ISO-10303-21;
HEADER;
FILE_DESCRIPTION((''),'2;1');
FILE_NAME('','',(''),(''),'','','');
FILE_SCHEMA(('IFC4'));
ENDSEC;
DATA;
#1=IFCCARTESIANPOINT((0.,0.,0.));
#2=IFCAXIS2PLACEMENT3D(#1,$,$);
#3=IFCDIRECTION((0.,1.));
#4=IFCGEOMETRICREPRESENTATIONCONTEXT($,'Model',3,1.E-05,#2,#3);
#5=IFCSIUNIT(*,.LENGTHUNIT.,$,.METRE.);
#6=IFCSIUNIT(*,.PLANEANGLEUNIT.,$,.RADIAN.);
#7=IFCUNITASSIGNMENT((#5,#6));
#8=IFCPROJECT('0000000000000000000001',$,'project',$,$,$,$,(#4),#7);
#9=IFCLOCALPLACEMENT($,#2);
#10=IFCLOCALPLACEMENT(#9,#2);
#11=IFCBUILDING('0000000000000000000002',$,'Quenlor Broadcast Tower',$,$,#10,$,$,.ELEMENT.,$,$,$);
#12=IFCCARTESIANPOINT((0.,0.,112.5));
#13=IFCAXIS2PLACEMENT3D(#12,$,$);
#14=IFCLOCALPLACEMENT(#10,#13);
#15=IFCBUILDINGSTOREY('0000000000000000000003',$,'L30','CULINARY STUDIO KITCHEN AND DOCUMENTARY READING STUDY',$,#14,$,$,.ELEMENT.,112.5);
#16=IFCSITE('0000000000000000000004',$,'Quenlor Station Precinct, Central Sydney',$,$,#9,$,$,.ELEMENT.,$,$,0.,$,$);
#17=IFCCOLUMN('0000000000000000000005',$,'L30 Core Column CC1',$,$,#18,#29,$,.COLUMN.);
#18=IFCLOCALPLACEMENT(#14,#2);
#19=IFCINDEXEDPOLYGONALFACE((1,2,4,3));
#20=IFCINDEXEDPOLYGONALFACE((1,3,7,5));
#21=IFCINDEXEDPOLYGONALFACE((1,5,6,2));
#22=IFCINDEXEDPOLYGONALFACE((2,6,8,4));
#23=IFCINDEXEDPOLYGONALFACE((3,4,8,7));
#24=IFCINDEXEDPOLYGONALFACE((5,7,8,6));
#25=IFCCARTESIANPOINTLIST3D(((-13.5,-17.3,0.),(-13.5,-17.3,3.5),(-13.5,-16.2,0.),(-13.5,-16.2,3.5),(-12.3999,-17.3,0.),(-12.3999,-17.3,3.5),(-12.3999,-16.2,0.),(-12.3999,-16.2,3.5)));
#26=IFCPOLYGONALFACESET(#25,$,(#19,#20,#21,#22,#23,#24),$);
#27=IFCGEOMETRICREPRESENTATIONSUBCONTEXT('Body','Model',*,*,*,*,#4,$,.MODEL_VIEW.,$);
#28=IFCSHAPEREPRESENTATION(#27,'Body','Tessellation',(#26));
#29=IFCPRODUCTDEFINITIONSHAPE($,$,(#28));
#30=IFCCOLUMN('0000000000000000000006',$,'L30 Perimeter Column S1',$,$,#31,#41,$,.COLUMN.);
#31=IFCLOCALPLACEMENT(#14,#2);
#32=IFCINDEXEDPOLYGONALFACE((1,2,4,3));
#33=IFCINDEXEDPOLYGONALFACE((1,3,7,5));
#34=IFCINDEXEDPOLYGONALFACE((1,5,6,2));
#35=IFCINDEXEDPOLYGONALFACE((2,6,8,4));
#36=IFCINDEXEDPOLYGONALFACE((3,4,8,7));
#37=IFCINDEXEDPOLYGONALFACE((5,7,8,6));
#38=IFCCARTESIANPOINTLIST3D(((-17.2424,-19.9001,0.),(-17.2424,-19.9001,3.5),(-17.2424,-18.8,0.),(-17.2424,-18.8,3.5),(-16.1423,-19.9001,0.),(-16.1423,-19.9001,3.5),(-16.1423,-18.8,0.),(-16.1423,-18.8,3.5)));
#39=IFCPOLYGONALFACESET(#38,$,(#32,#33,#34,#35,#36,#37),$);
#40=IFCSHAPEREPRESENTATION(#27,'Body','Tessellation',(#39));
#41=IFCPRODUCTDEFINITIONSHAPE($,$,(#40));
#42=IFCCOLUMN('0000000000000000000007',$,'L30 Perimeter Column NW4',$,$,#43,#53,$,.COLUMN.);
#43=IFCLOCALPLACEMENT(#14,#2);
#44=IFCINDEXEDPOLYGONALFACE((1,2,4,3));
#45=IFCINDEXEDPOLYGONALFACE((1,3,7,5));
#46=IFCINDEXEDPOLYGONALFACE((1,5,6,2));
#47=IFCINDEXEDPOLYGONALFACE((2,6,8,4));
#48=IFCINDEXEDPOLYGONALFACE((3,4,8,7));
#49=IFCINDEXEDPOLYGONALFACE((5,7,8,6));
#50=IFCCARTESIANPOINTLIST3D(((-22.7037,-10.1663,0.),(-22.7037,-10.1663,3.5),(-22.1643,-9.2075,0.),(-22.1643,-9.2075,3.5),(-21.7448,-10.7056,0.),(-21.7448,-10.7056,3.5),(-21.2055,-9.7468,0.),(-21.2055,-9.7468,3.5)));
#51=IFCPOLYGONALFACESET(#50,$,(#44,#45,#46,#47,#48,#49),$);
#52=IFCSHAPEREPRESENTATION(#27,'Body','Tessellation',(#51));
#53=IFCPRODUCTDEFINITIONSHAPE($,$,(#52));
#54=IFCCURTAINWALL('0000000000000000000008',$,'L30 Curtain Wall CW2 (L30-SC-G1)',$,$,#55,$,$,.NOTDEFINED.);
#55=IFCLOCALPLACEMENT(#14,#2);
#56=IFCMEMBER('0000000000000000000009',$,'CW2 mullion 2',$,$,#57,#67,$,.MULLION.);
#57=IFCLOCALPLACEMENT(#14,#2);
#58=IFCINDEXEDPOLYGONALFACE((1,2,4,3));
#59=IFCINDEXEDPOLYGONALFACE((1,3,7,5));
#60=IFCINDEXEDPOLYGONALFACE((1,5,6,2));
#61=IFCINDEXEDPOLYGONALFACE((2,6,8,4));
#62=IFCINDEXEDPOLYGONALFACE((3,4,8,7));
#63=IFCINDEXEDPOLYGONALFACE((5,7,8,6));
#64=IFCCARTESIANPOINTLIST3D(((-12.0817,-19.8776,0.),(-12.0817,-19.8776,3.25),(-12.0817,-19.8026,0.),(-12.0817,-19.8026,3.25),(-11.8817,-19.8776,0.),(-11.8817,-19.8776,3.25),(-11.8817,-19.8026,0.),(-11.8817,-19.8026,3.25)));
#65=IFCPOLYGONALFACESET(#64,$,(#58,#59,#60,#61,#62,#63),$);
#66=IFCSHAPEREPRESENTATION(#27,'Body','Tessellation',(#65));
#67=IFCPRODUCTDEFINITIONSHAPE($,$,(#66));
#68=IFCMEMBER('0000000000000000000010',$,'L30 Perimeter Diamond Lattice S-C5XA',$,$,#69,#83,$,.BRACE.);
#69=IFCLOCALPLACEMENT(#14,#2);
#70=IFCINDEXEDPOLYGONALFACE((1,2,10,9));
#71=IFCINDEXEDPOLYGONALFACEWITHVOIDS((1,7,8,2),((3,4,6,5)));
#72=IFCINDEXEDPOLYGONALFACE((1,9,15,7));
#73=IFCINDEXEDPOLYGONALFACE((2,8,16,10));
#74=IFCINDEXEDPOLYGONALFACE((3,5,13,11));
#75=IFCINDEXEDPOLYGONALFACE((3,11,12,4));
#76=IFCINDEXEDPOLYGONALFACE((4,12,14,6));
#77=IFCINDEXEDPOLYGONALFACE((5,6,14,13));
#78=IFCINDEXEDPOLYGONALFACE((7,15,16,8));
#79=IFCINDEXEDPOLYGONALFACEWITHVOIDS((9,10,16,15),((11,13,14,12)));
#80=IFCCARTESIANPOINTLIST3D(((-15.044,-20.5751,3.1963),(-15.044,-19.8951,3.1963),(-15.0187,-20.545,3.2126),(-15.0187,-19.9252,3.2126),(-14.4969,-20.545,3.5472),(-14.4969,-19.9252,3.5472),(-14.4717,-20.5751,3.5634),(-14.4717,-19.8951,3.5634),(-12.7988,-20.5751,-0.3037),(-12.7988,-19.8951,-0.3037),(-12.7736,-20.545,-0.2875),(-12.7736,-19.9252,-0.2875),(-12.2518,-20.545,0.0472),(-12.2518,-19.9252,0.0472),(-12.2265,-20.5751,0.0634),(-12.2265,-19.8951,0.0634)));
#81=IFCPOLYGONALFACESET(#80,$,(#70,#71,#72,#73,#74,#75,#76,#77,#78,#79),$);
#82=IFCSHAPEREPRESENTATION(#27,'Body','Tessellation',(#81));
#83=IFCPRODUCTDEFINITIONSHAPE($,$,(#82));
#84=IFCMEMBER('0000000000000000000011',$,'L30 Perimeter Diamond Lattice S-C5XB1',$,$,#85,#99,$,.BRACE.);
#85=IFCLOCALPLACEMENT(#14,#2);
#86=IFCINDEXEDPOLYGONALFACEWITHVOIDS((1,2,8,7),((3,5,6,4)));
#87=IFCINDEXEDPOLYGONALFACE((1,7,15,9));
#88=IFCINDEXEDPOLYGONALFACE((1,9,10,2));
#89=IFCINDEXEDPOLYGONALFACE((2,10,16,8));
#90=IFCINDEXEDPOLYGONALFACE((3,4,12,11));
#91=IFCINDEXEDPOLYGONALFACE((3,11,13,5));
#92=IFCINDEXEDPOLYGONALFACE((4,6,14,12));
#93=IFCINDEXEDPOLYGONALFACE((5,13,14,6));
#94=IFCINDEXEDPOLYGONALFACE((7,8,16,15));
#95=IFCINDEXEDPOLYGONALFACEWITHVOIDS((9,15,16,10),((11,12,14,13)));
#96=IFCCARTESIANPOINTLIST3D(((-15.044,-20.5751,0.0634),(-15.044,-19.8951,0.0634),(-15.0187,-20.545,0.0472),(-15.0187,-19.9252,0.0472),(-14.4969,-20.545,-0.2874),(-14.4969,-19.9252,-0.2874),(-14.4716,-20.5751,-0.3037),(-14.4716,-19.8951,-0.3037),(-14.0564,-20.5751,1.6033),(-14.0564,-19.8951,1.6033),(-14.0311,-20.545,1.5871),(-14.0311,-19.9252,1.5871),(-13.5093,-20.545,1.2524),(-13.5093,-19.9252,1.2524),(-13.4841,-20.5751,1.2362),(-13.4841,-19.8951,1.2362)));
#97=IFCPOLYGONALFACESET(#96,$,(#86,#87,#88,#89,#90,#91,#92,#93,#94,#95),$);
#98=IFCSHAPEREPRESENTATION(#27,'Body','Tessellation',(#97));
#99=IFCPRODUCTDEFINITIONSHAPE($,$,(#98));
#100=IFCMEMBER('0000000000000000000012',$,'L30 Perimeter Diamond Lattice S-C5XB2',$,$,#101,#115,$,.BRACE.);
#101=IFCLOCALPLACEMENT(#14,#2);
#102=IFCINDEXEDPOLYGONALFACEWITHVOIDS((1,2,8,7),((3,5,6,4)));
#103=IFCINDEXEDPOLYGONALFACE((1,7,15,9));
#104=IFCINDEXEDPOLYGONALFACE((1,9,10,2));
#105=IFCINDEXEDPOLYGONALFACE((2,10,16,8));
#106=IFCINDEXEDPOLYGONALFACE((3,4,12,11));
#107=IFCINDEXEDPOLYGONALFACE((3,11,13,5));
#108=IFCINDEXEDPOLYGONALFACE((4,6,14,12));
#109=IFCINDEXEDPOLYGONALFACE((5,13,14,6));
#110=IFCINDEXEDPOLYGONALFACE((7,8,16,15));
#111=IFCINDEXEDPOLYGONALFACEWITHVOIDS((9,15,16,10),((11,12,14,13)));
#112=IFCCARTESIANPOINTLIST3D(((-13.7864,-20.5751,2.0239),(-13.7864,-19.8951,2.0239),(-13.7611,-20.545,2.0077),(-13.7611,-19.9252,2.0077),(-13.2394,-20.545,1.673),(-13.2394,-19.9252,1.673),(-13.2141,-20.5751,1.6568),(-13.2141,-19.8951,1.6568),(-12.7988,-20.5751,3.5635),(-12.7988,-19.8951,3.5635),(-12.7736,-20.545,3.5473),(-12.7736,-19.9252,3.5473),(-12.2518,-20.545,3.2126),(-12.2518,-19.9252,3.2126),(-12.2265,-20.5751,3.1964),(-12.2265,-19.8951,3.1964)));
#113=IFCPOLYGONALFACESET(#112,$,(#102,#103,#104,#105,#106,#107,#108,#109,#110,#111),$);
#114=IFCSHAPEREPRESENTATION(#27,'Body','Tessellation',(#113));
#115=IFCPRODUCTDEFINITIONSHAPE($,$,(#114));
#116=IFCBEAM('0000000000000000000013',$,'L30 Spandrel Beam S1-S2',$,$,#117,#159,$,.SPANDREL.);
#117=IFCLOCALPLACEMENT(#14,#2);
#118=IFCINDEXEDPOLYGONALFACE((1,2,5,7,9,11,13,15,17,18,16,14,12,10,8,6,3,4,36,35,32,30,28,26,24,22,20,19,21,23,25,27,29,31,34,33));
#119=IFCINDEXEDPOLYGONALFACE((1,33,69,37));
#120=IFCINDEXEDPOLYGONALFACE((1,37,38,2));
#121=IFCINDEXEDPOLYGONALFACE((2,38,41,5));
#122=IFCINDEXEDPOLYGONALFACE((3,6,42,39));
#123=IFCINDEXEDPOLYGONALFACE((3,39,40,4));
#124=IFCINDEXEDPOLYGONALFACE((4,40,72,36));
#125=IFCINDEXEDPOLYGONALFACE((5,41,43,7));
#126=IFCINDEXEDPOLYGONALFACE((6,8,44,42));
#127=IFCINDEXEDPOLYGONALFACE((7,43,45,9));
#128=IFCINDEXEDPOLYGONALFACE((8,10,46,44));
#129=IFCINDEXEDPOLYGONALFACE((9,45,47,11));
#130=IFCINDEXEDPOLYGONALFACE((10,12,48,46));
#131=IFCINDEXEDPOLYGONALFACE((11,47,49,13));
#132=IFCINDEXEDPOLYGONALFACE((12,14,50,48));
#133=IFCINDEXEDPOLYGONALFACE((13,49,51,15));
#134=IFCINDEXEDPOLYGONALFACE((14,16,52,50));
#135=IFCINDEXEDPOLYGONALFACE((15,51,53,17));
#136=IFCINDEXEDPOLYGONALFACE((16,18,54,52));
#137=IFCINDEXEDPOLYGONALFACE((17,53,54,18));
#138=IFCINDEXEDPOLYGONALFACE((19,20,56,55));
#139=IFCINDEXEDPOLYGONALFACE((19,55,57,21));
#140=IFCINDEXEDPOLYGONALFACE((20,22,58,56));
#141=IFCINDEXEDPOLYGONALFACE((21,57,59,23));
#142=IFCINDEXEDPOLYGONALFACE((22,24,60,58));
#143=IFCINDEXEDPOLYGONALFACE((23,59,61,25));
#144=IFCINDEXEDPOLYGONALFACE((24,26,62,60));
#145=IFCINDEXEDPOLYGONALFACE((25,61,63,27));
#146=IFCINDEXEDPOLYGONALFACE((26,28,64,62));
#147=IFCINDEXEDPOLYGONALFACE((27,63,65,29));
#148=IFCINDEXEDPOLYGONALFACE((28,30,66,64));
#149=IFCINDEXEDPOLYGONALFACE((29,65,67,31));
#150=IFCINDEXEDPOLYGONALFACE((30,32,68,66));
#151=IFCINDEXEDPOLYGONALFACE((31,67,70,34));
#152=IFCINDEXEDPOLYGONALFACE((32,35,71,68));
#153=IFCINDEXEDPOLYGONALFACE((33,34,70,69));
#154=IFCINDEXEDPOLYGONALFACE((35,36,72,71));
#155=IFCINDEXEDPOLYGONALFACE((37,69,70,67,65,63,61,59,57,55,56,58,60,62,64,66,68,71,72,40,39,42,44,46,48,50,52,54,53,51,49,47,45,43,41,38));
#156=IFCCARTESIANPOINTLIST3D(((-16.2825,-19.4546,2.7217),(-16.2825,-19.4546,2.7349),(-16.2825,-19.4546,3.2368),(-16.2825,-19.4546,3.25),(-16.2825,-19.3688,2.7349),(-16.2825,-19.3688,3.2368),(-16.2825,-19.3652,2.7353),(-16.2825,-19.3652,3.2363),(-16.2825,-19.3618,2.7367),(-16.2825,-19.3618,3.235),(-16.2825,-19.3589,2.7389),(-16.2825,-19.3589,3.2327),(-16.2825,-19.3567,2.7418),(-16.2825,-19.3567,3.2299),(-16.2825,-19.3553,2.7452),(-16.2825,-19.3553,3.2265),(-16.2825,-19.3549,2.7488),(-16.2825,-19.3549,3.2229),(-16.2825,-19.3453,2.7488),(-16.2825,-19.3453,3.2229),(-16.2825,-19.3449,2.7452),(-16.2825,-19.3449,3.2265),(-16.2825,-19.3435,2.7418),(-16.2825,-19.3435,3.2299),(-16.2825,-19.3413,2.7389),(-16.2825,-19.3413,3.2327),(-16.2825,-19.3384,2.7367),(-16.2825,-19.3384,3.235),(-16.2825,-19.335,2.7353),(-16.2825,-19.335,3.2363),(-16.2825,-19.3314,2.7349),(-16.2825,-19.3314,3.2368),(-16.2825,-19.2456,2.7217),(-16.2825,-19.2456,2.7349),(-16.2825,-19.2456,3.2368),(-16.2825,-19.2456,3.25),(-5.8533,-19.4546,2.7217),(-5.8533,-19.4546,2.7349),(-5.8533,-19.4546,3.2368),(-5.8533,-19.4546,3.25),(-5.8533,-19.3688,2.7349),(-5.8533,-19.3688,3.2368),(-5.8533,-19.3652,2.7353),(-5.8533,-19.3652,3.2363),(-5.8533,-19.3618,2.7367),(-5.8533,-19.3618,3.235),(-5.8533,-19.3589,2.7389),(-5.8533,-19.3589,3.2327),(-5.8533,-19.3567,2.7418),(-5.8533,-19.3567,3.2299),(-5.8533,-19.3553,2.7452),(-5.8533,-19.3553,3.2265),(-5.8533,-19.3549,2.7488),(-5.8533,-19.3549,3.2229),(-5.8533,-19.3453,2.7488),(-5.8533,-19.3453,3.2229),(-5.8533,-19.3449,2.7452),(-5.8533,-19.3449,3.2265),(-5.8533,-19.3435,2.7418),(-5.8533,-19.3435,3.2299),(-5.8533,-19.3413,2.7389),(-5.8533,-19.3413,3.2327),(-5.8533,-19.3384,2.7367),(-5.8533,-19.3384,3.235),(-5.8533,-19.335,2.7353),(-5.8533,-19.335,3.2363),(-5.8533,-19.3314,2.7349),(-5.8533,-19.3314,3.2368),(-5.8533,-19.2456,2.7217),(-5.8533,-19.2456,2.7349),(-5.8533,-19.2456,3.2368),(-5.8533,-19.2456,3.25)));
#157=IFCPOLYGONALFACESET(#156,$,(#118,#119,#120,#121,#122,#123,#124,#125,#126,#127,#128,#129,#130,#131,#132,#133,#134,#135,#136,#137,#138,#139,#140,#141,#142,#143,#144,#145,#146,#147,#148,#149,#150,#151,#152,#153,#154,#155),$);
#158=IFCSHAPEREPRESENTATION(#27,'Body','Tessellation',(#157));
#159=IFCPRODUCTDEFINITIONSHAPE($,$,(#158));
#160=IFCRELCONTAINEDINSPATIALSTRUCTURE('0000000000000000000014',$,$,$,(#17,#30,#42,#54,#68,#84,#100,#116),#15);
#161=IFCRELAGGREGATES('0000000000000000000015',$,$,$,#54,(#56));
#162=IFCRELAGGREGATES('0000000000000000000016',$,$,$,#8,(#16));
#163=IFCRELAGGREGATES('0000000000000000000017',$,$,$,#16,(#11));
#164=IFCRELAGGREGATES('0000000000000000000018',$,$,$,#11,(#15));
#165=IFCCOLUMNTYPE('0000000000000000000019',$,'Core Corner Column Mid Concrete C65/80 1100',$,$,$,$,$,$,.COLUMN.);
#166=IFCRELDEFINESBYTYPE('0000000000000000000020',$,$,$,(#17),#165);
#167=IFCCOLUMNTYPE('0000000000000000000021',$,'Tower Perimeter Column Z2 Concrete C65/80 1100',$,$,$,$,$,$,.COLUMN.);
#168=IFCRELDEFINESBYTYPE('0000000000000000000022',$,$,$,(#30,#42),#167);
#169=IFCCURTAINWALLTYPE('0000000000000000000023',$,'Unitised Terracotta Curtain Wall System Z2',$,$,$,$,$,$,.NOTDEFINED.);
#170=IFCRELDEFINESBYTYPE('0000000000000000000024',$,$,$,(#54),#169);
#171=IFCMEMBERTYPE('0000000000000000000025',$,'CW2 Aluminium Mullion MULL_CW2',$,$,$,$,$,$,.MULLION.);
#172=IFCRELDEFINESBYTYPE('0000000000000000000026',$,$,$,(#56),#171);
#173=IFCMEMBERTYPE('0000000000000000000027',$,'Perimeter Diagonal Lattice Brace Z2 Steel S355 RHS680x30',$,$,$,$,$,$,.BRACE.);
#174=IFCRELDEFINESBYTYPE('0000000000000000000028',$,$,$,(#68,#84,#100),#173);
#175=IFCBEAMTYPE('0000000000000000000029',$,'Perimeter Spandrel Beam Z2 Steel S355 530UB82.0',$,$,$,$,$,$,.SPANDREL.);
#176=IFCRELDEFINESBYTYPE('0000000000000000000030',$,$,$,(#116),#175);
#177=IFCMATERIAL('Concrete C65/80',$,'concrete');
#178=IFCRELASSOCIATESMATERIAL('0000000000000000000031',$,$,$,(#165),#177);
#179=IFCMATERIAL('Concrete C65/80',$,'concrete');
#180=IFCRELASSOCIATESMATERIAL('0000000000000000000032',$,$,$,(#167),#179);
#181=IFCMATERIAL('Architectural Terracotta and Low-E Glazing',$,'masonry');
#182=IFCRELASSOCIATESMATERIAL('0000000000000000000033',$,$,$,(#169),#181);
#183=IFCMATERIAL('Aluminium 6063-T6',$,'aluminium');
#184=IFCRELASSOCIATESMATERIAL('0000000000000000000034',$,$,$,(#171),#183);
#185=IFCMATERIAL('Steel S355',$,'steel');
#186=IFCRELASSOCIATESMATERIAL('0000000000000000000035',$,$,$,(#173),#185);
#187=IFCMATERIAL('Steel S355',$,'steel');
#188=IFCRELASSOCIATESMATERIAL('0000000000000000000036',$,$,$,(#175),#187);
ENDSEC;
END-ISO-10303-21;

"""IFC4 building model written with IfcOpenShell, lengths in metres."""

from ifc_helpers import new_model, si_unit, direction, frame, origin, origin_2d, place, context, subcontext, project, spatial, rectangle, hollow_rectangle, i_section, extrude, material, material_profile, profile_set, type_object, element, aggregate, save


model = new_model("IFC4")

# Units and contexts
model_context = context("Model", 3, precision=1e-05, world=origin(), true_north=direction((0.0, 1.0)))
body_context = subcontext(model_context, "Body", "Model", "MODEL_VIEW")
ifc_project = project(units=[si_unit("LENGTHUNIT", "METRE"), si_unit("PLANEANGLEUNIT", "RADIAN")], contexts=[model_context])

# Site, building, storey
site_placement = place(None, origin())
site = spatial("IfcSite", under=ifc_project, at=site_placement, Name="Quenlor Station Precinct, Central Sydney", CompositionType="ELEMENT", RefElevation=0.0)
building_placement = place(site_placement, origin())
building = spatial("IfcBuilding", under=site, at=building_placement, Name="Quenlor Broadcast Tower", CompositionType="ELEMENT")
storey_placement = place(building_placement, frame((0.0, 0.0, 112.5)))
storey = spatial("IfcBuildingStorey", under=building, at=storey_placement, Name="L30", Description="CULINARY STUDIO KITCHEN AND DOCUMENTARY READING STUDY", CompositionType="ELEMENT", Elevation=112.5)

# Columns
ifc_material_1 = material(Name="Concrete C65/80", Category="concrete")
ifc_material_profile_1 = material_profile(ifc_material_1, rectangle(XDim=1.1001, YDim=1.1001, at=origin_2d()))
ifc_profile_set_1 = profile_set([ifc_material_profile_1], Name="Concrete C65/80 RC1100x1100")
column_type_1 = type_object("IfcColumnType", Name="Core Corner Column Mid Concrete C65/80 1100", PredefinedType="COLUMN", material=ifc_profile_set_1)
column_placement = place(storey_placement, frame((-12.95, -16.75, 0.0), z_axis=(0.0, 0.0, 1.0), x_axis=(1.0, 0.0, 0.0)))
element("IfcColumn", 1, at=column_placement, inside=storey, type_object=column_type_1, Name="L30 Core Column CC1", PredefinedType="COLUMN", context=body_context, shape_type="SweptSolid", body=[
    extrude(rectangle(XDim=1.1001, YDim=1.1001, at=origin_2d()), origin(), (0.0, 0.0, 1.0), 3.5),
])
ifc_material_2 = material(Name="Concrete C65/80", Category="concrete")
ifc_material_profile_2 = material_profile(ifc_material_2, rectangle(XDim=1.1001, YDim=1.1001, at=origin_2d()))
ifc_profile_set_2 = profile_set([ifc_material_profile_2], Name="Concrete C65/80 RC1100x1100")
column_type_2 = type_object("IfcColumnType", Name="Tower Perimeter Column Z2 Concrete C65/80 1100", PredefinedType="COLUMN", material=ifc_profile_set_2)
for number, where, z_axis, x_axis, name in (
    (2, (-16.6924, -19.3501, 0.0), (0.0, 0.0, 1.0), (0.0, 1.0, 0.0), "L30 Perimeter Column S1"),
    (3, (-21.9546, -9.9565, 0.0), (0.0, 0.0, 1.0), (-0.871575, 0.490262, 0.0), "L30 Perimeter Column NW4"),
):
    element("IfcColumn", number, at=place(storey_placement, frame(where, z_axis=z_axis, x_axis=x_axis)), inside=storey, type_object=column_type_2, Name=name, PredefinedType="COLUMN", context=body_context, shape_type="SweptSolid", body=[
        extrude(rectangle(XDim=1.1001, YDim=1.1001, at=origin_2d()), origin(), (0.0, 0.0, 1.0), 3.5),
    ])

# Curtain wall, member
ifc_material_3 = material(Name="Architectural Terracotta and Low-E Glazing", Category="masonry")
curtain_wall_type = type_object("IfcCurtainWallType", Name="Unitised Terracotta Curtain Wall System Z2", PredefinedType="NOTDEFINED", material=ifc_material_3)
curtain_wall_placement = place(storey_placement, origin())
curtain_wall = element("IfcCurtainWall", 4, at=curtain_wall_placement, inside=storey, type_object=curtain_wall_type, Name="L30 Curtain Wall CW2 (L30-SC-G1)", PredefinedType="NOTDEFINED")
ifc_material_4 = material(Name="Aluminium 6063-T6", Category="aluminium")
ifc_material_profile_3 = material_profile(ifc_material_4, rectangle(XDim=0.075, YDim=0.2, at=origin_2d()))
ifc_profile_set_3 = profile_set([ifc_material_profile_3], Name="Aluminium 6063-T6 MULL75x200")
member_type_1 = type_object("IfcMemberType", Name="CW2 Aluminium Mullion MULL_CW2", PredefinedType="MULLION", material=ifc_profile_set_3)
member_1_placement = place(storey_placement, frame((-11.9817, -19.8401, 0.0), z_axis=(0.0, 0.0, 1.0), x_axis=(0.0, -1.0, 0.0)))
member_1 = element("IfcMember", 5, at=member_1_placement, type_object=member_type_1, Name="CW2 mullion 2", PredefinedType="MULLION", context=body_context, shape_type="SweptSolid", body=[
    extrude(rectangle(XDim=0.075, YDim=0.2, at=origin_2d()), origin(), (0.0, 0.0, 1.0), 3.25),
])
aggregate(curtain_wall, [member_1])

# Members
ifc_material_5 = material(Name="Steel S355", Category="steel")
ifc_material_profile_4 = material_profile(ifc_material_5, hollow_rectangle(XDim=0.6799, YDim=0.6799, WallThickness=0.03, at=origin_2d()))
ifc_profile_set_4 = profile_set([ifc_material_profile_4], Name="Steel S355 RHS680x680x30")
member_type_2 = type_object("IfcMemberType", Name="Perimeter Diagonal Lattice Brace Z2 Steel S355 RHS680x30", PredefinedType="BRACE", material=ifc_profile_set_4)
member_2_placement = place(storey_placement, frame((-12.5127, -20.2351, -0.1201), z_axis=(-0.539926, 0.0, 0.841712), x_axis=(0.0, -1.0, 0.0)))
element("IfcMember", 6, at=member_2_placement, inside=storey, type_object=member_type_2, Name="L30 Perimeter Diamond Lattice S-C5XA", PredefinedType="BRACE", context=body_context, shape_type="SweptSolid", body=[
    extrude(hollow_rectangle(XDim=0.6799, YDim=0.6799, WallThickness=0.03, at=origin_2d()), origin(), (0.0, 0.0, 1.0), 4.1582),
])
member_3_placement = place(storey_placement, frame((-14.7578, -20.2351, -0.1201), z_axis=(0.53986, 0.0, 0.841755), x_axis=(0.0, 1.0, 0.0)))
element("IfcMember", 7, at=member_3_placement, inside=storey, type_object=member_type_2, Name="L30 Perimeter Diamond Lattice S-C5XB1", PredefinedType="BRACE", context=body_context, shape_type="SweptSolid", body=[
    extrude(hollow_rectangle(XDim=0.6799, YDim=0.6799, WallThickness=0.03, at=origin_2d()), origin(), (0.0, 0.0, 1.0), 1.8293),
])
member_4_placement = place(storey_placement, frame((-13.5002, -20.2351, 1.8403), z_axis=(0.539921, 0.0, 0.841716), x_axis=(0.0, 1.0, 0.0)))
element("IfcMember", 8, at=member_4_placement, inside=storey, type_object=member_type_2, Name="L30 Perimeter Diamond Lattice S-C5XB2", PredefinedType="BRACE", context=body_context, shape_type="SweptSolid", body=[
    extrude(hollow_rectangle(XDim=0.6799, YDim=0.6799, WallThickness=0.03, at=origin_2d()), origin(), (0.0, 0.0, 1.0), 1.8291),
])

# Beam
ifc_material_6 = material(Name="Steel S355", Category="steel")
ifc_material_profile_5 = material_profile(ifc_material_6, i_section(OverallWidth=0.209, OverallDepth=0.5283, WebThickness=0.0095, FlangeThickness=0.0132, FilletRadius=0.0139, at=origin_2d()))
ifc_profile_set_5 = profile_set([ifc_material_profile_5], Name="Steel S355 530UB82.0")
beam_type_1 = type_object("IfcBeamType", Name="Perimeter Spandrel Beam Z2 Steel S355 530UB82.0", PredefinedType="SPANDREL", material=ifc_profile_set_5)
beam_1_placement = place(storey_placement, frame((-16.2825, -19.3501, 2.9858), z_axis=(1.0, 0.0, 0.0), x_axis=(0.0, 1.0, 0.0)))
element("IfcBeam", 9, at=beam_1_placement, inside=storey, type_object=beam_type_1, Name="L30 Spandrel Beam S1-S2", PredefinedType="SPANDREL", context=body_context, shape_type="SweptSolid", body=[
    extrude(i_section(OverallWidth=0.209, OverallDepth=0.5283, WebThickness=0.0095, FlangeThickness=0.0132, FilletRadius=0.0139, at=origin_2d()), origin(), (0.0, 0.0, 1.0), 10.4292),
])

save(model, "model.ifc")
